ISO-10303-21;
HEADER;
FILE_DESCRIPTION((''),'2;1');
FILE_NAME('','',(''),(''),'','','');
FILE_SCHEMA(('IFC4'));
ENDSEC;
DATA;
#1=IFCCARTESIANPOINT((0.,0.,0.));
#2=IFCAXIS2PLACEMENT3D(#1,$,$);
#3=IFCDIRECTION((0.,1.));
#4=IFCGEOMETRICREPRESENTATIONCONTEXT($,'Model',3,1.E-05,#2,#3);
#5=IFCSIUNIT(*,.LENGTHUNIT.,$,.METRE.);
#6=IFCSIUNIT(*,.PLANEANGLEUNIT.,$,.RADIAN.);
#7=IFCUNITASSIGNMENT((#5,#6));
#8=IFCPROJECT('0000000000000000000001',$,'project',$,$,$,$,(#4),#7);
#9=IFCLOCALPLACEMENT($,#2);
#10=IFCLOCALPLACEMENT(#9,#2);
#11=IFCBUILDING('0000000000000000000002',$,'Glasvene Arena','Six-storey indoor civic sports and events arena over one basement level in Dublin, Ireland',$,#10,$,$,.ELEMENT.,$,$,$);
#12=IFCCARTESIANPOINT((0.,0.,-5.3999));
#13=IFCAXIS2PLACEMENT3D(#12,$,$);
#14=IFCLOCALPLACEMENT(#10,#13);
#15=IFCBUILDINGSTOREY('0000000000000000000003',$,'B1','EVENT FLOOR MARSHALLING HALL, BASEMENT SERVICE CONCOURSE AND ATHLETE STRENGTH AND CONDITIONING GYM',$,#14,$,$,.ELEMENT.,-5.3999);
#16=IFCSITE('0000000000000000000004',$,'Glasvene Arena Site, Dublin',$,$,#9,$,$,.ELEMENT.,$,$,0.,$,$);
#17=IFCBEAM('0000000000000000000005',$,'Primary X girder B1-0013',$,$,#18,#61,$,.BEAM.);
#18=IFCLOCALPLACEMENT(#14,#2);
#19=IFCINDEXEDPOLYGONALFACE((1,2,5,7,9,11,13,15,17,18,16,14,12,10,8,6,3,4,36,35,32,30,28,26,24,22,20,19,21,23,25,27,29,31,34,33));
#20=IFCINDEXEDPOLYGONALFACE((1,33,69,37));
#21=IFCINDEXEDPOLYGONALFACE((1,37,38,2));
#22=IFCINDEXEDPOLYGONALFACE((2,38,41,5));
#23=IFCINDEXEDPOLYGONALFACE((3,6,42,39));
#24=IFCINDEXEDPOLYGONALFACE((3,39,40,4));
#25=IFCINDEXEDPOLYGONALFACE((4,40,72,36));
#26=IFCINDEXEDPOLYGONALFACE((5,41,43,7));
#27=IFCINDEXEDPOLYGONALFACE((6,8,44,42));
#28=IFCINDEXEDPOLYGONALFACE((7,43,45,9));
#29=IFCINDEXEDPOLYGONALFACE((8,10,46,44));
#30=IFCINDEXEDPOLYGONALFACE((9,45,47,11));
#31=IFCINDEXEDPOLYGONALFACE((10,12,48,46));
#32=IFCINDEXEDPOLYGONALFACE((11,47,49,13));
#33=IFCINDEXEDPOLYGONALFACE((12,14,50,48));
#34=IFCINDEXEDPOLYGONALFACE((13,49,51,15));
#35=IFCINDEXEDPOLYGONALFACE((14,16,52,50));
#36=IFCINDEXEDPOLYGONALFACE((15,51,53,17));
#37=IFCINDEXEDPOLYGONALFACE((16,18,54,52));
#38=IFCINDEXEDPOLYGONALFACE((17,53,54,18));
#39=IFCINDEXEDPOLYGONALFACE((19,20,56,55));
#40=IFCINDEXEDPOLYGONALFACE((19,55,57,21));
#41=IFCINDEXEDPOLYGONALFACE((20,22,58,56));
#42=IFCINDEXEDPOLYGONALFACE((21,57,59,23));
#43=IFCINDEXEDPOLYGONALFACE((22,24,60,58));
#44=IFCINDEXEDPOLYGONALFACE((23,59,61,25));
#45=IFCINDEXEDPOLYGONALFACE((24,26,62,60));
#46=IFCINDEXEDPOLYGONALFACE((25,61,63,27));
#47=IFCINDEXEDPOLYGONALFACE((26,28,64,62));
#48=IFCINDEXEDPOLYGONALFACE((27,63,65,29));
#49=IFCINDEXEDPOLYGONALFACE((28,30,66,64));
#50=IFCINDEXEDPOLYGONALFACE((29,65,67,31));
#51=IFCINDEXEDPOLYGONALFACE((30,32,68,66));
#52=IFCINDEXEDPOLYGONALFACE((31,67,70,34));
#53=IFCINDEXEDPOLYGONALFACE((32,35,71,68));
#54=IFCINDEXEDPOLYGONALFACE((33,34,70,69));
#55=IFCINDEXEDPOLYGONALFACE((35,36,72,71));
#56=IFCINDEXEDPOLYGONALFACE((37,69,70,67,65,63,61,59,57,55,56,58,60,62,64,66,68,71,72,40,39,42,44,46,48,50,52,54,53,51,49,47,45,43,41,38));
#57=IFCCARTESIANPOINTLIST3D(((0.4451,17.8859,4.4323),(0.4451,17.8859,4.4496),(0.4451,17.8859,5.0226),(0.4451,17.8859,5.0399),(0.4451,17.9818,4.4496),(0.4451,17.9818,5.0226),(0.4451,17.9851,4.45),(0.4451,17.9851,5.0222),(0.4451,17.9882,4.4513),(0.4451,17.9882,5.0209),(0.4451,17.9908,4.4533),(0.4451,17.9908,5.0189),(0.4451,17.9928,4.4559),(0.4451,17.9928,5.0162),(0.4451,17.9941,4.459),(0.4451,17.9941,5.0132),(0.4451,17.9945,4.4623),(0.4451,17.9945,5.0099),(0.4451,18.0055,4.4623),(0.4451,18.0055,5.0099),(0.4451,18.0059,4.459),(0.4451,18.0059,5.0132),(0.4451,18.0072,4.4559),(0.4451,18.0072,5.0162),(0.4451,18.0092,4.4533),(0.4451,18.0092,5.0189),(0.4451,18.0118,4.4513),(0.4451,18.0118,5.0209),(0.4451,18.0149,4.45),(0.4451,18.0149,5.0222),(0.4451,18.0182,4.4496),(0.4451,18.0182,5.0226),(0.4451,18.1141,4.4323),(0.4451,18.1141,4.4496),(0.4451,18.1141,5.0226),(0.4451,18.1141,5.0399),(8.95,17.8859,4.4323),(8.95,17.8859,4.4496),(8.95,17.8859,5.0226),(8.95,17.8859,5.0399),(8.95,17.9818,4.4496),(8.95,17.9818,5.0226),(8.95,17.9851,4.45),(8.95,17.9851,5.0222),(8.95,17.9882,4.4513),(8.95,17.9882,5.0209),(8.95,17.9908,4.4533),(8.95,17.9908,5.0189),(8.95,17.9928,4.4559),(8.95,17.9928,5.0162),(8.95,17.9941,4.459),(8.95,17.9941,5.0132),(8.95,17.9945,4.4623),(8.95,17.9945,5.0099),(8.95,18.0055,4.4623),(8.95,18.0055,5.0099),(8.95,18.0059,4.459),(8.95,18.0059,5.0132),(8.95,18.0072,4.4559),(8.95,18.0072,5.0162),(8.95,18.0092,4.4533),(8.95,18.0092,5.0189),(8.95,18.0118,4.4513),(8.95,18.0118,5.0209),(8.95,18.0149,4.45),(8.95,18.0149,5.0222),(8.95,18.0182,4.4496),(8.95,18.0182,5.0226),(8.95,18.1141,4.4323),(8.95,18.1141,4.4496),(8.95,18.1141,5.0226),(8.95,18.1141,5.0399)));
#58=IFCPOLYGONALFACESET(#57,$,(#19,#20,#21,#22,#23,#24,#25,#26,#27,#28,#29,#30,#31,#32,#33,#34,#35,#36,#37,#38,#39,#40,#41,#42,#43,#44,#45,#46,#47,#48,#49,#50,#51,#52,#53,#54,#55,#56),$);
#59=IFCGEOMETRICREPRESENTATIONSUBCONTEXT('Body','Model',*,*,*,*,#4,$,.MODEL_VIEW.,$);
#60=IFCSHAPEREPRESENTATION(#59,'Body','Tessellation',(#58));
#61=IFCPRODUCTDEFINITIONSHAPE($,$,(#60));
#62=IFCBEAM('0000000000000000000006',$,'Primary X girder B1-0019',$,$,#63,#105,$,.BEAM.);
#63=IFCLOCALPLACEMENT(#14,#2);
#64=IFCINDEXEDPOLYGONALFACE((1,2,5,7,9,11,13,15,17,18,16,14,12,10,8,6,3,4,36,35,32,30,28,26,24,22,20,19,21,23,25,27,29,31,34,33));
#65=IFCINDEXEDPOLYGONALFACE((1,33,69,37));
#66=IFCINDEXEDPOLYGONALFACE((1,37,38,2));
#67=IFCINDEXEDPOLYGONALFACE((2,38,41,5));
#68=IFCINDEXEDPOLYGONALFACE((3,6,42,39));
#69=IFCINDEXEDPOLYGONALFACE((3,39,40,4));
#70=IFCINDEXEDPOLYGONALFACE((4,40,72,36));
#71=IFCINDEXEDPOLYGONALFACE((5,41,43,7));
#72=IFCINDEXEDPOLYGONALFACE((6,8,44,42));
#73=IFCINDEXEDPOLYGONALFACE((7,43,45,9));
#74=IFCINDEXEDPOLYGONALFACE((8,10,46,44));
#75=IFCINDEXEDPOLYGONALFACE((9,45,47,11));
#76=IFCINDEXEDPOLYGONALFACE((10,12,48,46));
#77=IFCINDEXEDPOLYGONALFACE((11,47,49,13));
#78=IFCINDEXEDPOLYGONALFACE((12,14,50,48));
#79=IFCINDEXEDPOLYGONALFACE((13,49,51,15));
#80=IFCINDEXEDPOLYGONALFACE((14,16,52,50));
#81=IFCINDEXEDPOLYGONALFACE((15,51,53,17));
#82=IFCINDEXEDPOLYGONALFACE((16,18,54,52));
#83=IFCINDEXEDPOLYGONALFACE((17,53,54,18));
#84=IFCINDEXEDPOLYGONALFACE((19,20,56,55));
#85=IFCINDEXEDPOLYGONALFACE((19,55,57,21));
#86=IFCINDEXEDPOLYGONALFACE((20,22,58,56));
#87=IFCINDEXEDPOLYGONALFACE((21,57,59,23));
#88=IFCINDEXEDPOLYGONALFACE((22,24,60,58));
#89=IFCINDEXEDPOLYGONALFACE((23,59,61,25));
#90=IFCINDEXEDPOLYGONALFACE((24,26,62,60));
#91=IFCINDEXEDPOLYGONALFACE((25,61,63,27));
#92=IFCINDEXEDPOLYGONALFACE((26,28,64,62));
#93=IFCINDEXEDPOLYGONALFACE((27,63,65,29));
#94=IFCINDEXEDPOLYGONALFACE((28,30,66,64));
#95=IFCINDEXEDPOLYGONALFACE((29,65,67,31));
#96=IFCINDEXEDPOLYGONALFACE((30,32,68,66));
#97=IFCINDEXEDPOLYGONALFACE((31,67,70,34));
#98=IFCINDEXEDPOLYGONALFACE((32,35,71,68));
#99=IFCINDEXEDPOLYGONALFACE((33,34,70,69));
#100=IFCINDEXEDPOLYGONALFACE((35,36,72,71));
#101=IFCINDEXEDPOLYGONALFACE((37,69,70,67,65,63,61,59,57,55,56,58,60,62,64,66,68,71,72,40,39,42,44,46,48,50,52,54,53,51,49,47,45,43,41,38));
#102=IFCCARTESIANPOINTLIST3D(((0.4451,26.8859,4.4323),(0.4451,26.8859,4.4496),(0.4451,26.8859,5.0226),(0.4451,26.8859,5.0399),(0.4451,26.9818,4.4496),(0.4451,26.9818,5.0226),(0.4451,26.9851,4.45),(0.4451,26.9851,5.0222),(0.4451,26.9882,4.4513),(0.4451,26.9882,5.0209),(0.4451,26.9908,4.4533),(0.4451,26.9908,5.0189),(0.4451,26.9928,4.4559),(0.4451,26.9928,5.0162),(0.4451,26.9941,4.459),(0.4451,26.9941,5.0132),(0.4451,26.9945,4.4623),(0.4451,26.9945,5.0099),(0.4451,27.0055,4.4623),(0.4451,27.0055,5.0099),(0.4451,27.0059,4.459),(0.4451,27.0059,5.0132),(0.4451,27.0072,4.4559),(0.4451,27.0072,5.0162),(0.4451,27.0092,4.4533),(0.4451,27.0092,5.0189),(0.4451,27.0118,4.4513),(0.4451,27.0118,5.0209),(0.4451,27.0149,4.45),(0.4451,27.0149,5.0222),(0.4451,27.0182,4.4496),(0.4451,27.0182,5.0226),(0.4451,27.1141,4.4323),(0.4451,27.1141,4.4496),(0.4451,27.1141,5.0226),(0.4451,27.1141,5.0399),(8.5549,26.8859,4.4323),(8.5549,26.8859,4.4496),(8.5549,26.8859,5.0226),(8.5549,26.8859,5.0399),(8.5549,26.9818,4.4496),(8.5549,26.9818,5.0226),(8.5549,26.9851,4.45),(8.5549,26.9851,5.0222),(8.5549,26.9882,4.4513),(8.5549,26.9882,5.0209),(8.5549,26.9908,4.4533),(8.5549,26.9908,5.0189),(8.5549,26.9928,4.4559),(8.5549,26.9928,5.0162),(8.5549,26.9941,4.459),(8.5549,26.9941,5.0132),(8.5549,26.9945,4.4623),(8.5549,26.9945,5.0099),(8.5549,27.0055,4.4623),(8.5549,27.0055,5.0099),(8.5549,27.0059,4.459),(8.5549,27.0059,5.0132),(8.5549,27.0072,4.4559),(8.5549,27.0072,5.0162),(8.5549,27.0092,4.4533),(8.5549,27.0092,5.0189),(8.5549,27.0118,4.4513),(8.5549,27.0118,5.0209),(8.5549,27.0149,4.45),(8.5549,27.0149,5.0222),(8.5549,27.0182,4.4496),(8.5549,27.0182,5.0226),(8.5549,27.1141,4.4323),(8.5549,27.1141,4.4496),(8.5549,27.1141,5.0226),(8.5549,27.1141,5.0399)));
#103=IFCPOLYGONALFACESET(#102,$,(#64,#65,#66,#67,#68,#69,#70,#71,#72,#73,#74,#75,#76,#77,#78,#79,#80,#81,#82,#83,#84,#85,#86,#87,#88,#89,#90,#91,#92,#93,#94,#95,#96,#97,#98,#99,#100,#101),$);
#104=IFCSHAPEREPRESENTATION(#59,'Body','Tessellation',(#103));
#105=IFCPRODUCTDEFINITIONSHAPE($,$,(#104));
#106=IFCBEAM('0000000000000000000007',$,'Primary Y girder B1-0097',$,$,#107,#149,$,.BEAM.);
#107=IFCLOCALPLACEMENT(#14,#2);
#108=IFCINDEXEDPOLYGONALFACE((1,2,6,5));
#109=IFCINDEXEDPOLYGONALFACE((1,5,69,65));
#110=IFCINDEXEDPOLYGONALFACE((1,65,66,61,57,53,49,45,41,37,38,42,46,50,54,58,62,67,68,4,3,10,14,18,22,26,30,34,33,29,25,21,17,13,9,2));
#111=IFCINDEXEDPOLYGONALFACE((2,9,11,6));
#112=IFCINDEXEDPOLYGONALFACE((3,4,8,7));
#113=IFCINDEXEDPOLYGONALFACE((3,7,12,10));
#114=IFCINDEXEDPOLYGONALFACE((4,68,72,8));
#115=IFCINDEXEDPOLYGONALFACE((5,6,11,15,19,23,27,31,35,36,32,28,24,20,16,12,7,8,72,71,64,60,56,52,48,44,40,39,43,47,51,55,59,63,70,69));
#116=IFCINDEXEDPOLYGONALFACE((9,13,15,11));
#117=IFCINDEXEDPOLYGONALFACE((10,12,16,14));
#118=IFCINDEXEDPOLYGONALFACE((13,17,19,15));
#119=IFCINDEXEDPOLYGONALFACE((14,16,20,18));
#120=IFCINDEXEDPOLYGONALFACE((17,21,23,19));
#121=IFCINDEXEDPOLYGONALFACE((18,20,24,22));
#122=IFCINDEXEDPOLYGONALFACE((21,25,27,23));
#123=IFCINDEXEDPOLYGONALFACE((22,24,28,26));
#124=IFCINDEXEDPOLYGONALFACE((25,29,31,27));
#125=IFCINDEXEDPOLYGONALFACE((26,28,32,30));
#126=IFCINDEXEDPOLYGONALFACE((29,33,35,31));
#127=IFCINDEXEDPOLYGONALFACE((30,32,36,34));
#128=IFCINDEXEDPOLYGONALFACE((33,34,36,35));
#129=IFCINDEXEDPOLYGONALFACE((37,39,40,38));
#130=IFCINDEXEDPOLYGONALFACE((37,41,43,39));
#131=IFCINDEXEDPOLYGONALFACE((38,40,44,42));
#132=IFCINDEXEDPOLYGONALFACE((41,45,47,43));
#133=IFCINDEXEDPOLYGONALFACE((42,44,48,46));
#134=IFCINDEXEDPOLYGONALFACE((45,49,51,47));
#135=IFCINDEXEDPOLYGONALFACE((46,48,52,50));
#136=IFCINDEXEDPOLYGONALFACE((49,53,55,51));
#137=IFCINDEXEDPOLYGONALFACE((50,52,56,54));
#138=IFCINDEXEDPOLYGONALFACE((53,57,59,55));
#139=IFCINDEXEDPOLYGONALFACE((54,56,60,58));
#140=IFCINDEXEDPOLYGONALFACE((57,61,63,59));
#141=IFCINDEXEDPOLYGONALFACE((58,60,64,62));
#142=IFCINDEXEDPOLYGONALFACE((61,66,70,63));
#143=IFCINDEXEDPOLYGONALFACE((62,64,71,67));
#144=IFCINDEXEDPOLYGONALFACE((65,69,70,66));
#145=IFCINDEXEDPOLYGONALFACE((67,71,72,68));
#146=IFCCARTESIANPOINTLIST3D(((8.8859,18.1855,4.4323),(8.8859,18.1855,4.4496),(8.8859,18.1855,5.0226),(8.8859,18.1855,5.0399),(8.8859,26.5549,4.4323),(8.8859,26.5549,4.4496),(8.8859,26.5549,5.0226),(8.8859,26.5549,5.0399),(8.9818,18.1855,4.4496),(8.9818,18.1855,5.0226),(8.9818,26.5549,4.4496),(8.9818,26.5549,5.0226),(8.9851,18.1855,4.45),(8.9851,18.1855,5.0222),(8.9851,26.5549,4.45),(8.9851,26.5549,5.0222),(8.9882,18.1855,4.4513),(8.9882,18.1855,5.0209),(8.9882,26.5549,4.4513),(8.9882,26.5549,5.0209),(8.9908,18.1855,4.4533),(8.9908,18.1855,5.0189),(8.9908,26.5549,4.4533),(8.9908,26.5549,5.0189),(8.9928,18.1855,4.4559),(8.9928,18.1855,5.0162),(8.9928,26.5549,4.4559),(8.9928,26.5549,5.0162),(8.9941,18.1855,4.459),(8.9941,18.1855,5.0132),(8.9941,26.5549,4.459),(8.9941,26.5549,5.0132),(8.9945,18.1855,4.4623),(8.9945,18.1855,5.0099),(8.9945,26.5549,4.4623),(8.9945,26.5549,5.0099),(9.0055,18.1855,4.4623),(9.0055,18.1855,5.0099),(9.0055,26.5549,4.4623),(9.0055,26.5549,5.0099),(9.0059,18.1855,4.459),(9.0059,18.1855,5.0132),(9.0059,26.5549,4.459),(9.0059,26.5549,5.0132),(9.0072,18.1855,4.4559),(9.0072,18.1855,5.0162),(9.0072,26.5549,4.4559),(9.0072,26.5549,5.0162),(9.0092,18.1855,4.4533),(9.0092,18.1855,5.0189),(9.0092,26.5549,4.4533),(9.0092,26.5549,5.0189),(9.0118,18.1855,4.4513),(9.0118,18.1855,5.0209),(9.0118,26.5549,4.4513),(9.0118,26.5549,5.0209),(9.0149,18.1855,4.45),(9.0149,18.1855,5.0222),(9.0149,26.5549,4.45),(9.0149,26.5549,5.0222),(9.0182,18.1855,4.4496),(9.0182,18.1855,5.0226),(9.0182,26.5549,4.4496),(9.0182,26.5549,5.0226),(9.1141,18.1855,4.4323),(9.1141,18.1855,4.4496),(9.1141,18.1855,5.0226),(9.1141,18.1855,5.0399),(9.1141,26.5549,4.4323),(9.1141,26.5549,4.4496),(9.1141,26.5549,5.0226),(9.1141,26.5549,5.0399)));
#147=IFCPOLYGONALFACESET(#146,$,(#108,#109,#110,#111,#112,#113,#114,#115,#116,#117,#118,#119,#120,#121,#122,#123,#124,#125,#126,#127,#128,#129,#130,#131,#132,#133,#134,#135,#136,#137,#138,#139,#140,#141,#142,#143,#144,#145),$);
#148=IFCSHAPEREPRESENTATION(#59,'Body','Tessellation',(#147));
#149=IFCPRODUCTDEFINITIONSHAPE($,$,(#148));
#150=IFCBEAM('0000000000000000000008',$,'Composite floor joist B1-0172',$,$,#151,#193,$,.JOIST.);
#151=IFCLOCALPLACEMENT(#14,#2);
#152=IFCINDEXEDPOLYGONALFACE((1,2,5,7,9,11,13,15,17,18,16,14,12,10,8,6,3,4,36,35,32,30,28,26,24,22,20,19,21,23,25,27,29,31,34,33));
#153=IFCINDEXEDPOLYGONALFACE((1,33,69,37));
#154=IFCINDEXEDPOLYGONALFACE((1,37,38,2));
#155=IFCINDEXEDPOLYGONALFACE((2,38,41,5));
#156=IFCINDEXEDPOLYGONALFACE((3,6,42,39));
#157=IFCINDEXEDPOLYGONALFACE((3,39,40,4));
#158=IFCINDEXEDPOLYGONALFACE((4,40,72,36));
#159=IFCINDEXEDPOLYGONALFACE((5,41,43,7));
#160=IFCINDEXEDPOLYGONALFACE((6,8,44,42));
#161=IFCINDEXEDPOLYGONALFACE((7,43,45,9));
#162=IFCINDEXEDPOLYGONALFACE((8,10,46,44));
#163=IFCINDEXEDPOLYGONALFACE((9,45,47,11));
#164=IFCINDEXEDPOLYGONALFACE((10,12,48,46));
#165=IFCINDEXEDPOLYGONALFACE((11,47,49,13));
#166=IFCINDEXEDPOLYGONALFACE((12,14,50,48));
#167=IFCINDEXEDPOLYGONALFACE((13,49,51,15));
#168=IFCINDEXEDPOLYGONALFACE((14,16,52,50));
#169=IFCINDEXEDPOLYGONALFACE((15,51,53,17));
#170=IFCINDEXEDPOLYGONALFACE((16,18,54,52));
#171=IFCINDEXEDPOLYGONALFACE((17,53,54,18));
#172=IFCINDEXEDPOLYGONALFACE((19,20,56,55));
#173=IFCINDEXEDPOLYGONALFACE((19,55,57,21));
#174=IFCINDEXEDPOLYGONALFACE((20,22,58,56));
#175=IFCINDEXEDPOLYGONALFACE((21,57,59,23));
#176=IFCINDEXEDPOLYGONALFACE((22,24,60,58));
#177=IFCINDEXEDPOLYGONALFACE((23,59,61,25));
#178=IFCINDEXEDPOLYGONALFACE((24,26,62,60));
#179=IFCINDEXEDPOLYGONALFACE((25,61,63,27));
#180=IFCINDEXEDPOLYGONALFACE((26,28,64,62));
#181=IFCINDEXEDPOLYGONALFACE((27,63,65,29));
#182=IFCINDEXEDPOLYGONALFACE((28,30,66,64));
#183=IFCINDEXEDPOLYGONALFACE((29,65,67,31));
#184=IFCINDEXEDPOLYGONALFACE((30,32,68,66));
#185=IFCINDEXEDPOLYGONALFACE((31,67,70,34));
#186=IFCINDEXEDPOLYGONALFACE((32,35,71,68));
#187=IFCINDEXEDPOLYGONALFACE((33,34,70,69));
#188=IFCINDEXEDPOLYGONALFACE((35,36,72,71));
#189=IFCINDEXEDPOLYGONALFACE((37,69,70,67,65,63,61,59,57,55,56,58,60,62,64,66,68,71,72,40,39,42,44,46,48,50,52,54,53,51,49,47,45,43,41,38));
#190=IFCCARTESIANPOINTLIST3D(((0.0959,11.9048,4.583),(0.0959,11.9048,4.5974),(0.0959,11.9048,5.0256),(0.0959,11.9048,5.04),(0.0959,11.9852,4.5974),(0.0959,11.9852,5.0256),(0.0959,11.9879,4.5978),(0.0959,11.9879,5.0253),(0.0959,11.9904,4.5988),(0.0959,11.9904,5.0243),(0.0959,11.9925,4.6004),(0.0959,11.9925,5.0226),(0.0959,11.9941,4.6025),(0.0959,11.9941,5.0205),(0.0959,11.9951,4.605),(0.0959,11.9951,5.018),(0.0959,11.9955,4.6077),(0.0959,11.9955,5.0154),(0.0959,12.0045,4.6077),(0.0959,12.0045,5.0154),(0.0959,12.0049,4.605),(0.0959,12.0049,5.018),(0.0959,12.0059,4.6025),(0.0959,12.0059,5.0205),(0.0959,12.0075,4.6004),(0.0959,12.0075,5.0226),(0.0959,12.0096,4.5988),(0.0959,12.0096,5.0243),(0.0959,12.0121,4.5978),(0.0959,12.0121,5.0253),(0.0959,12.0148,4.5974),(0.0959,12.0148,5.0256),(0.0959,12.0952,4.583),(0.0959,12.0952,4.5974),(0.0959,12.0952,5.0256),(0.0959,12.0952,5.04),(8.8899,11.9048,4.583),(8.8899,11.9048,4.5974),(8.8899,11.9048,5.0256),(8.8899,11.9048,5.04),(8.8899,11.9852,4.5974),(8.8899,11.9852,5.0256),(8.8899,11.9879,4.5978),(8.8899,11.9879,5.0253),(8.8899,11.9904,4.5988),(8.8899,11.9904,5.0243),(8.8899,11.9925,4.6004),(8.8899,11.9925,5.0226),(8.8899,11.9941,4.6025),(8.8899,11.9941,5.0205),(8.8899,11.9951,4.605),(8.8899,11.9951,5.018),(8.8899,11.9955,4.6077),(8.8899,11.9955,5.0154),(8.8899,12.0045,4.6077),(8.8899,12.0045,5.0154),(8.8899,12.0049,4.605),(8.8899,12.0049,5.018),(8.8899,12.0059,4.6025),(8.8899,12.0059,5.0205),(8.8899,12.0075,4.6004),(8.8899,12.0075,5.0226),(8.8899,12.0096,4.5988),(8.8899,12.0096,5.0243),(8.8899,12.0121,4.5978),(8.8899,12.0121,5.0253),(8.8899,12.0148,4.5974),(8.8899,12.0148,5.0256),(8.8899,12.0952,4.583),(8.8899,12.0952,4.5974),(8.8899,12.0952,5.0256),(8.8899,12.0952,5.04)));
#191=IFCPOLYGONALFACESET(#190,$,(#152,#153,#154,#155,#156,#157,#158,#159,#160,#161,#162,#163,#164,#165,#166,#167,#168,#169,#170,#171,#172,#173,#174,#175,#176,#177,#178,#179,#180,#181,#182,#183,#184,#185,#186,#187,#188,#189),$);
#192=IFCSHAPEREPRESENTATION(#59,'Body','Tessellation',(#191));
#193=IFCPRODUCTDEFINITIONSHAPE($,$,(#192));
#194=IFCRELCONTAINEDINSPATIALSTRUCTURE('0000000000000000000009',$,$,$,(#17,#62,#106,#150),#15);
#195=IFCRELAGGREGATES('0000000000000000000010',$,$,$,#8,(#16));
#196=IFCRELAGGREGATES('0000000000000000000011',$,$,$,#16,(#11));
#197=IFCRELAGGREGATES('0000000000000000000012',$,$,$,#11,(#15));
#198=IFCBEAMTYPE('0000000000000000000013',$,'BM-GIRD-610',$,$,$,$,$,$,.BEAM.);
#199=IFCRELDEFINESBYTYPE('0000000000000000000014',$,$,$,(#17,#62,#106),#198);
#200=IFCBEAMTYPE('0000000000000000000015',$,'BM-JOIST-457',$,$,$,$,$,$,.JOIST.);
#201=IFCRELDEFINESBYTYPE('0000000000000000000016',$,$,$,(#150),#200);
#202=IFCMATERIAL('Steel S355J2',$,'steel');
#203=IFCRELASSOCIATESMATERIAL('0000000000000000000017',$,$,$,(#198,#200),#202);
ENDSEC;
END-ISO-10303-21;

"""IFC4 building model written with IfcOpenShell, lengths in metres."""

from ifc_helpers import new_model, si_unit, direction, frame, origin, origin_2d, place, context, subcontext, project, spatial, i_section, extrude, material, material_profile, profile_set, type_object, element, save


model = new_model("IFC4")

# Units and contexts
model_context = context("Model", 3, precision=1e-05, world=origin(), true_north=direction((0.0, 1.0)))
body_context = subcontext(model_context, "Body", "Model", "MODEL_VIEW")
ifc_project = project(units=[si_unit("LENGTHUNIT", "METRE"), si_unit("PLANEANGLEUNIT", "RADIAN")], contexts=[model_context])

# Site, building, storey
site_placement = place(None, origin())
site = spatial("IfcSite", under=ifc_project, at=site_placement, Name="Glasvene Arena Site, Dublin", CompositionType="ELEMENT", RefElevation=0.0)
building_placement = place(site_placement, origin())
building = spatial("IfcBuilding", under=site, at=building_placement, Name="Glasvene Arena", Description="Six-storey indoor civic sports and events arena over one basement level in Dublin, Ireland", CompositionType="ELEMENT")
storey_placement = place(building_placement, frame((0.0, 0.0, -5.3999)))
storey = spatial("IfcBuildingStorey", under=building, at=storey_placement, Name="B1", Description="EVENT FLOOR MARSHALLING HALL, BASEMENT SERVICE CONCOURSE AND ATHLETE STRENGTH AND CONDITIONING GYM", CompositionType="ELEMENT", Elevation=-5.3999)

# Shared definitions
ifc_material_1 = material(Name="Steel S355J2", Category="steel")

# Beams
ifc_material_profile_1 = material_profile(ifc_material_1, i_section(OverallWidth=0.2283, OverallDepth=0.6077, WebThickness=0.011, FlangeThickness=0.0173, FilletRadius=0.0127, at=origin_2d()), Name="UKB 610x229x113")
ifc_profile_set_1 = profile_set([ifc_material_profile_1], Name="Steel S355J2")
beam_type_1 = type_object("IfcBeamType", Name="BM-GIRD-610", PredefinedType="BEAM", material=ifc_profile_set_1)
beam_1_placement = place(storey_placement, frame((0.4451, 18.0, 4.7361), z_axis=(1.0, 0.0, 0.0), x_axis=(0.0, 1.0, 0.0)))
element("IfcBeam", 1, at=beam_1_placement, inside=storey, type_object=beam_type_1, Name="Primary X girder B1-0013", PredefinedType="BEAM", context=body_context, shape_type="SweptSolid", body=[
    extrude(i_section(OverallWidth=0.2283, OverallDepth=0.6077, WebThickness=0.011, FlangeThickness=0.0173, FilletRadius=0.0127, at=origin_2d()), origin(), (0.0, 0.0, 1.0), 8.5049),
])
beam_2_placement = place(storey_placement, frame((0.4451, 27.0, 4.7361), z_axis=(1.0, 0.0, 0.0), x_axis=(0.0, 1.0, 0.0)))
element("IfcBeam", 2, at=beam_2_placement, inside=storey, type_object=beam_type_1, Name="Primary X girder B1-0019", PredefinedType="BEAM", context=body_context, shape_type="SweptSolid", body=[
    extrude(i_section(OverallWidth=0.2283, OverallDepth=0.6077, WebThickness=0.011, FlangeThickness=0.0173, FilletRadius=0.0127, at=origin_2d()), origin(), (0.0, 0.0, 1.0), 8.1099),
])
beam_3_placement = place(storey_placement, frame((9.0, 18.1855, 4.7361), z_axis=(0.0, 1.0, 0.0), x_axis=(-1.0, 0.0, 0.0)))
element("IfcBeam", 3, at=beam_3_placement, inside=storey, type_object=beam_type_1, Name="Primary Y girder B1-0097", PredefinedType="BEAM", context=body_context, shape_type="SweptSolid", body=[
    extrude(i_section(OverallWidth=0.2283, OverallDepth=0.6077, WebThickness=0.011, FlangeThickness=0.0173, FilletRadius=0.0127, at=origin_2d()), origin(), (0.0, 0.0, 1.0), 8.3694),
])
ifc_material_profile_2 = material_profile(ifc_material_1, i_section(OverallWidth=0.1904, OverallDepth=0.457, WebThickness=0.009, FlangeThickness=0.0144, FilletRadius=0.0103, at=origin_2d()), Name="UKB 457x191x74")
ifc_profile_set_2 = profile_set([ifc_material_profile_2], Name="Steel S355J2")
beam_type_2 = type_object("IfcBeamType", Name="BM-JOIST-457", PredefinedType="JOIST", material=ifc_profile_set_2)
for number, where, z_axis, x_axis, name in (
    (4, (0.0959, 12.0, 4.8115), (1.0, 0.0, 0.0), (0.0, 1.0, 0.0), "Composite floor joist B1-0172"),
):
    element("IfcBeam", number, at=place(storey_placement, frame(where, z_axis=z_axis, x_axis=x_axis)), inside=storey, type_object=beam_type_2, Name=name, PredefinedType="JOIST", context=body_context, shape_type="SweptSolid", body=[
        extrude(i_section(OverallWidth=0.1904, OverallDepth=0.457, WebThickness=0.009, FlangeThickness=0.0144, FilletRadius=0.0103, at=origin_2d()), origin(), (0.0, 0.0, 1.0), 8.7939),
    ])

save(model, "model.ifc")
